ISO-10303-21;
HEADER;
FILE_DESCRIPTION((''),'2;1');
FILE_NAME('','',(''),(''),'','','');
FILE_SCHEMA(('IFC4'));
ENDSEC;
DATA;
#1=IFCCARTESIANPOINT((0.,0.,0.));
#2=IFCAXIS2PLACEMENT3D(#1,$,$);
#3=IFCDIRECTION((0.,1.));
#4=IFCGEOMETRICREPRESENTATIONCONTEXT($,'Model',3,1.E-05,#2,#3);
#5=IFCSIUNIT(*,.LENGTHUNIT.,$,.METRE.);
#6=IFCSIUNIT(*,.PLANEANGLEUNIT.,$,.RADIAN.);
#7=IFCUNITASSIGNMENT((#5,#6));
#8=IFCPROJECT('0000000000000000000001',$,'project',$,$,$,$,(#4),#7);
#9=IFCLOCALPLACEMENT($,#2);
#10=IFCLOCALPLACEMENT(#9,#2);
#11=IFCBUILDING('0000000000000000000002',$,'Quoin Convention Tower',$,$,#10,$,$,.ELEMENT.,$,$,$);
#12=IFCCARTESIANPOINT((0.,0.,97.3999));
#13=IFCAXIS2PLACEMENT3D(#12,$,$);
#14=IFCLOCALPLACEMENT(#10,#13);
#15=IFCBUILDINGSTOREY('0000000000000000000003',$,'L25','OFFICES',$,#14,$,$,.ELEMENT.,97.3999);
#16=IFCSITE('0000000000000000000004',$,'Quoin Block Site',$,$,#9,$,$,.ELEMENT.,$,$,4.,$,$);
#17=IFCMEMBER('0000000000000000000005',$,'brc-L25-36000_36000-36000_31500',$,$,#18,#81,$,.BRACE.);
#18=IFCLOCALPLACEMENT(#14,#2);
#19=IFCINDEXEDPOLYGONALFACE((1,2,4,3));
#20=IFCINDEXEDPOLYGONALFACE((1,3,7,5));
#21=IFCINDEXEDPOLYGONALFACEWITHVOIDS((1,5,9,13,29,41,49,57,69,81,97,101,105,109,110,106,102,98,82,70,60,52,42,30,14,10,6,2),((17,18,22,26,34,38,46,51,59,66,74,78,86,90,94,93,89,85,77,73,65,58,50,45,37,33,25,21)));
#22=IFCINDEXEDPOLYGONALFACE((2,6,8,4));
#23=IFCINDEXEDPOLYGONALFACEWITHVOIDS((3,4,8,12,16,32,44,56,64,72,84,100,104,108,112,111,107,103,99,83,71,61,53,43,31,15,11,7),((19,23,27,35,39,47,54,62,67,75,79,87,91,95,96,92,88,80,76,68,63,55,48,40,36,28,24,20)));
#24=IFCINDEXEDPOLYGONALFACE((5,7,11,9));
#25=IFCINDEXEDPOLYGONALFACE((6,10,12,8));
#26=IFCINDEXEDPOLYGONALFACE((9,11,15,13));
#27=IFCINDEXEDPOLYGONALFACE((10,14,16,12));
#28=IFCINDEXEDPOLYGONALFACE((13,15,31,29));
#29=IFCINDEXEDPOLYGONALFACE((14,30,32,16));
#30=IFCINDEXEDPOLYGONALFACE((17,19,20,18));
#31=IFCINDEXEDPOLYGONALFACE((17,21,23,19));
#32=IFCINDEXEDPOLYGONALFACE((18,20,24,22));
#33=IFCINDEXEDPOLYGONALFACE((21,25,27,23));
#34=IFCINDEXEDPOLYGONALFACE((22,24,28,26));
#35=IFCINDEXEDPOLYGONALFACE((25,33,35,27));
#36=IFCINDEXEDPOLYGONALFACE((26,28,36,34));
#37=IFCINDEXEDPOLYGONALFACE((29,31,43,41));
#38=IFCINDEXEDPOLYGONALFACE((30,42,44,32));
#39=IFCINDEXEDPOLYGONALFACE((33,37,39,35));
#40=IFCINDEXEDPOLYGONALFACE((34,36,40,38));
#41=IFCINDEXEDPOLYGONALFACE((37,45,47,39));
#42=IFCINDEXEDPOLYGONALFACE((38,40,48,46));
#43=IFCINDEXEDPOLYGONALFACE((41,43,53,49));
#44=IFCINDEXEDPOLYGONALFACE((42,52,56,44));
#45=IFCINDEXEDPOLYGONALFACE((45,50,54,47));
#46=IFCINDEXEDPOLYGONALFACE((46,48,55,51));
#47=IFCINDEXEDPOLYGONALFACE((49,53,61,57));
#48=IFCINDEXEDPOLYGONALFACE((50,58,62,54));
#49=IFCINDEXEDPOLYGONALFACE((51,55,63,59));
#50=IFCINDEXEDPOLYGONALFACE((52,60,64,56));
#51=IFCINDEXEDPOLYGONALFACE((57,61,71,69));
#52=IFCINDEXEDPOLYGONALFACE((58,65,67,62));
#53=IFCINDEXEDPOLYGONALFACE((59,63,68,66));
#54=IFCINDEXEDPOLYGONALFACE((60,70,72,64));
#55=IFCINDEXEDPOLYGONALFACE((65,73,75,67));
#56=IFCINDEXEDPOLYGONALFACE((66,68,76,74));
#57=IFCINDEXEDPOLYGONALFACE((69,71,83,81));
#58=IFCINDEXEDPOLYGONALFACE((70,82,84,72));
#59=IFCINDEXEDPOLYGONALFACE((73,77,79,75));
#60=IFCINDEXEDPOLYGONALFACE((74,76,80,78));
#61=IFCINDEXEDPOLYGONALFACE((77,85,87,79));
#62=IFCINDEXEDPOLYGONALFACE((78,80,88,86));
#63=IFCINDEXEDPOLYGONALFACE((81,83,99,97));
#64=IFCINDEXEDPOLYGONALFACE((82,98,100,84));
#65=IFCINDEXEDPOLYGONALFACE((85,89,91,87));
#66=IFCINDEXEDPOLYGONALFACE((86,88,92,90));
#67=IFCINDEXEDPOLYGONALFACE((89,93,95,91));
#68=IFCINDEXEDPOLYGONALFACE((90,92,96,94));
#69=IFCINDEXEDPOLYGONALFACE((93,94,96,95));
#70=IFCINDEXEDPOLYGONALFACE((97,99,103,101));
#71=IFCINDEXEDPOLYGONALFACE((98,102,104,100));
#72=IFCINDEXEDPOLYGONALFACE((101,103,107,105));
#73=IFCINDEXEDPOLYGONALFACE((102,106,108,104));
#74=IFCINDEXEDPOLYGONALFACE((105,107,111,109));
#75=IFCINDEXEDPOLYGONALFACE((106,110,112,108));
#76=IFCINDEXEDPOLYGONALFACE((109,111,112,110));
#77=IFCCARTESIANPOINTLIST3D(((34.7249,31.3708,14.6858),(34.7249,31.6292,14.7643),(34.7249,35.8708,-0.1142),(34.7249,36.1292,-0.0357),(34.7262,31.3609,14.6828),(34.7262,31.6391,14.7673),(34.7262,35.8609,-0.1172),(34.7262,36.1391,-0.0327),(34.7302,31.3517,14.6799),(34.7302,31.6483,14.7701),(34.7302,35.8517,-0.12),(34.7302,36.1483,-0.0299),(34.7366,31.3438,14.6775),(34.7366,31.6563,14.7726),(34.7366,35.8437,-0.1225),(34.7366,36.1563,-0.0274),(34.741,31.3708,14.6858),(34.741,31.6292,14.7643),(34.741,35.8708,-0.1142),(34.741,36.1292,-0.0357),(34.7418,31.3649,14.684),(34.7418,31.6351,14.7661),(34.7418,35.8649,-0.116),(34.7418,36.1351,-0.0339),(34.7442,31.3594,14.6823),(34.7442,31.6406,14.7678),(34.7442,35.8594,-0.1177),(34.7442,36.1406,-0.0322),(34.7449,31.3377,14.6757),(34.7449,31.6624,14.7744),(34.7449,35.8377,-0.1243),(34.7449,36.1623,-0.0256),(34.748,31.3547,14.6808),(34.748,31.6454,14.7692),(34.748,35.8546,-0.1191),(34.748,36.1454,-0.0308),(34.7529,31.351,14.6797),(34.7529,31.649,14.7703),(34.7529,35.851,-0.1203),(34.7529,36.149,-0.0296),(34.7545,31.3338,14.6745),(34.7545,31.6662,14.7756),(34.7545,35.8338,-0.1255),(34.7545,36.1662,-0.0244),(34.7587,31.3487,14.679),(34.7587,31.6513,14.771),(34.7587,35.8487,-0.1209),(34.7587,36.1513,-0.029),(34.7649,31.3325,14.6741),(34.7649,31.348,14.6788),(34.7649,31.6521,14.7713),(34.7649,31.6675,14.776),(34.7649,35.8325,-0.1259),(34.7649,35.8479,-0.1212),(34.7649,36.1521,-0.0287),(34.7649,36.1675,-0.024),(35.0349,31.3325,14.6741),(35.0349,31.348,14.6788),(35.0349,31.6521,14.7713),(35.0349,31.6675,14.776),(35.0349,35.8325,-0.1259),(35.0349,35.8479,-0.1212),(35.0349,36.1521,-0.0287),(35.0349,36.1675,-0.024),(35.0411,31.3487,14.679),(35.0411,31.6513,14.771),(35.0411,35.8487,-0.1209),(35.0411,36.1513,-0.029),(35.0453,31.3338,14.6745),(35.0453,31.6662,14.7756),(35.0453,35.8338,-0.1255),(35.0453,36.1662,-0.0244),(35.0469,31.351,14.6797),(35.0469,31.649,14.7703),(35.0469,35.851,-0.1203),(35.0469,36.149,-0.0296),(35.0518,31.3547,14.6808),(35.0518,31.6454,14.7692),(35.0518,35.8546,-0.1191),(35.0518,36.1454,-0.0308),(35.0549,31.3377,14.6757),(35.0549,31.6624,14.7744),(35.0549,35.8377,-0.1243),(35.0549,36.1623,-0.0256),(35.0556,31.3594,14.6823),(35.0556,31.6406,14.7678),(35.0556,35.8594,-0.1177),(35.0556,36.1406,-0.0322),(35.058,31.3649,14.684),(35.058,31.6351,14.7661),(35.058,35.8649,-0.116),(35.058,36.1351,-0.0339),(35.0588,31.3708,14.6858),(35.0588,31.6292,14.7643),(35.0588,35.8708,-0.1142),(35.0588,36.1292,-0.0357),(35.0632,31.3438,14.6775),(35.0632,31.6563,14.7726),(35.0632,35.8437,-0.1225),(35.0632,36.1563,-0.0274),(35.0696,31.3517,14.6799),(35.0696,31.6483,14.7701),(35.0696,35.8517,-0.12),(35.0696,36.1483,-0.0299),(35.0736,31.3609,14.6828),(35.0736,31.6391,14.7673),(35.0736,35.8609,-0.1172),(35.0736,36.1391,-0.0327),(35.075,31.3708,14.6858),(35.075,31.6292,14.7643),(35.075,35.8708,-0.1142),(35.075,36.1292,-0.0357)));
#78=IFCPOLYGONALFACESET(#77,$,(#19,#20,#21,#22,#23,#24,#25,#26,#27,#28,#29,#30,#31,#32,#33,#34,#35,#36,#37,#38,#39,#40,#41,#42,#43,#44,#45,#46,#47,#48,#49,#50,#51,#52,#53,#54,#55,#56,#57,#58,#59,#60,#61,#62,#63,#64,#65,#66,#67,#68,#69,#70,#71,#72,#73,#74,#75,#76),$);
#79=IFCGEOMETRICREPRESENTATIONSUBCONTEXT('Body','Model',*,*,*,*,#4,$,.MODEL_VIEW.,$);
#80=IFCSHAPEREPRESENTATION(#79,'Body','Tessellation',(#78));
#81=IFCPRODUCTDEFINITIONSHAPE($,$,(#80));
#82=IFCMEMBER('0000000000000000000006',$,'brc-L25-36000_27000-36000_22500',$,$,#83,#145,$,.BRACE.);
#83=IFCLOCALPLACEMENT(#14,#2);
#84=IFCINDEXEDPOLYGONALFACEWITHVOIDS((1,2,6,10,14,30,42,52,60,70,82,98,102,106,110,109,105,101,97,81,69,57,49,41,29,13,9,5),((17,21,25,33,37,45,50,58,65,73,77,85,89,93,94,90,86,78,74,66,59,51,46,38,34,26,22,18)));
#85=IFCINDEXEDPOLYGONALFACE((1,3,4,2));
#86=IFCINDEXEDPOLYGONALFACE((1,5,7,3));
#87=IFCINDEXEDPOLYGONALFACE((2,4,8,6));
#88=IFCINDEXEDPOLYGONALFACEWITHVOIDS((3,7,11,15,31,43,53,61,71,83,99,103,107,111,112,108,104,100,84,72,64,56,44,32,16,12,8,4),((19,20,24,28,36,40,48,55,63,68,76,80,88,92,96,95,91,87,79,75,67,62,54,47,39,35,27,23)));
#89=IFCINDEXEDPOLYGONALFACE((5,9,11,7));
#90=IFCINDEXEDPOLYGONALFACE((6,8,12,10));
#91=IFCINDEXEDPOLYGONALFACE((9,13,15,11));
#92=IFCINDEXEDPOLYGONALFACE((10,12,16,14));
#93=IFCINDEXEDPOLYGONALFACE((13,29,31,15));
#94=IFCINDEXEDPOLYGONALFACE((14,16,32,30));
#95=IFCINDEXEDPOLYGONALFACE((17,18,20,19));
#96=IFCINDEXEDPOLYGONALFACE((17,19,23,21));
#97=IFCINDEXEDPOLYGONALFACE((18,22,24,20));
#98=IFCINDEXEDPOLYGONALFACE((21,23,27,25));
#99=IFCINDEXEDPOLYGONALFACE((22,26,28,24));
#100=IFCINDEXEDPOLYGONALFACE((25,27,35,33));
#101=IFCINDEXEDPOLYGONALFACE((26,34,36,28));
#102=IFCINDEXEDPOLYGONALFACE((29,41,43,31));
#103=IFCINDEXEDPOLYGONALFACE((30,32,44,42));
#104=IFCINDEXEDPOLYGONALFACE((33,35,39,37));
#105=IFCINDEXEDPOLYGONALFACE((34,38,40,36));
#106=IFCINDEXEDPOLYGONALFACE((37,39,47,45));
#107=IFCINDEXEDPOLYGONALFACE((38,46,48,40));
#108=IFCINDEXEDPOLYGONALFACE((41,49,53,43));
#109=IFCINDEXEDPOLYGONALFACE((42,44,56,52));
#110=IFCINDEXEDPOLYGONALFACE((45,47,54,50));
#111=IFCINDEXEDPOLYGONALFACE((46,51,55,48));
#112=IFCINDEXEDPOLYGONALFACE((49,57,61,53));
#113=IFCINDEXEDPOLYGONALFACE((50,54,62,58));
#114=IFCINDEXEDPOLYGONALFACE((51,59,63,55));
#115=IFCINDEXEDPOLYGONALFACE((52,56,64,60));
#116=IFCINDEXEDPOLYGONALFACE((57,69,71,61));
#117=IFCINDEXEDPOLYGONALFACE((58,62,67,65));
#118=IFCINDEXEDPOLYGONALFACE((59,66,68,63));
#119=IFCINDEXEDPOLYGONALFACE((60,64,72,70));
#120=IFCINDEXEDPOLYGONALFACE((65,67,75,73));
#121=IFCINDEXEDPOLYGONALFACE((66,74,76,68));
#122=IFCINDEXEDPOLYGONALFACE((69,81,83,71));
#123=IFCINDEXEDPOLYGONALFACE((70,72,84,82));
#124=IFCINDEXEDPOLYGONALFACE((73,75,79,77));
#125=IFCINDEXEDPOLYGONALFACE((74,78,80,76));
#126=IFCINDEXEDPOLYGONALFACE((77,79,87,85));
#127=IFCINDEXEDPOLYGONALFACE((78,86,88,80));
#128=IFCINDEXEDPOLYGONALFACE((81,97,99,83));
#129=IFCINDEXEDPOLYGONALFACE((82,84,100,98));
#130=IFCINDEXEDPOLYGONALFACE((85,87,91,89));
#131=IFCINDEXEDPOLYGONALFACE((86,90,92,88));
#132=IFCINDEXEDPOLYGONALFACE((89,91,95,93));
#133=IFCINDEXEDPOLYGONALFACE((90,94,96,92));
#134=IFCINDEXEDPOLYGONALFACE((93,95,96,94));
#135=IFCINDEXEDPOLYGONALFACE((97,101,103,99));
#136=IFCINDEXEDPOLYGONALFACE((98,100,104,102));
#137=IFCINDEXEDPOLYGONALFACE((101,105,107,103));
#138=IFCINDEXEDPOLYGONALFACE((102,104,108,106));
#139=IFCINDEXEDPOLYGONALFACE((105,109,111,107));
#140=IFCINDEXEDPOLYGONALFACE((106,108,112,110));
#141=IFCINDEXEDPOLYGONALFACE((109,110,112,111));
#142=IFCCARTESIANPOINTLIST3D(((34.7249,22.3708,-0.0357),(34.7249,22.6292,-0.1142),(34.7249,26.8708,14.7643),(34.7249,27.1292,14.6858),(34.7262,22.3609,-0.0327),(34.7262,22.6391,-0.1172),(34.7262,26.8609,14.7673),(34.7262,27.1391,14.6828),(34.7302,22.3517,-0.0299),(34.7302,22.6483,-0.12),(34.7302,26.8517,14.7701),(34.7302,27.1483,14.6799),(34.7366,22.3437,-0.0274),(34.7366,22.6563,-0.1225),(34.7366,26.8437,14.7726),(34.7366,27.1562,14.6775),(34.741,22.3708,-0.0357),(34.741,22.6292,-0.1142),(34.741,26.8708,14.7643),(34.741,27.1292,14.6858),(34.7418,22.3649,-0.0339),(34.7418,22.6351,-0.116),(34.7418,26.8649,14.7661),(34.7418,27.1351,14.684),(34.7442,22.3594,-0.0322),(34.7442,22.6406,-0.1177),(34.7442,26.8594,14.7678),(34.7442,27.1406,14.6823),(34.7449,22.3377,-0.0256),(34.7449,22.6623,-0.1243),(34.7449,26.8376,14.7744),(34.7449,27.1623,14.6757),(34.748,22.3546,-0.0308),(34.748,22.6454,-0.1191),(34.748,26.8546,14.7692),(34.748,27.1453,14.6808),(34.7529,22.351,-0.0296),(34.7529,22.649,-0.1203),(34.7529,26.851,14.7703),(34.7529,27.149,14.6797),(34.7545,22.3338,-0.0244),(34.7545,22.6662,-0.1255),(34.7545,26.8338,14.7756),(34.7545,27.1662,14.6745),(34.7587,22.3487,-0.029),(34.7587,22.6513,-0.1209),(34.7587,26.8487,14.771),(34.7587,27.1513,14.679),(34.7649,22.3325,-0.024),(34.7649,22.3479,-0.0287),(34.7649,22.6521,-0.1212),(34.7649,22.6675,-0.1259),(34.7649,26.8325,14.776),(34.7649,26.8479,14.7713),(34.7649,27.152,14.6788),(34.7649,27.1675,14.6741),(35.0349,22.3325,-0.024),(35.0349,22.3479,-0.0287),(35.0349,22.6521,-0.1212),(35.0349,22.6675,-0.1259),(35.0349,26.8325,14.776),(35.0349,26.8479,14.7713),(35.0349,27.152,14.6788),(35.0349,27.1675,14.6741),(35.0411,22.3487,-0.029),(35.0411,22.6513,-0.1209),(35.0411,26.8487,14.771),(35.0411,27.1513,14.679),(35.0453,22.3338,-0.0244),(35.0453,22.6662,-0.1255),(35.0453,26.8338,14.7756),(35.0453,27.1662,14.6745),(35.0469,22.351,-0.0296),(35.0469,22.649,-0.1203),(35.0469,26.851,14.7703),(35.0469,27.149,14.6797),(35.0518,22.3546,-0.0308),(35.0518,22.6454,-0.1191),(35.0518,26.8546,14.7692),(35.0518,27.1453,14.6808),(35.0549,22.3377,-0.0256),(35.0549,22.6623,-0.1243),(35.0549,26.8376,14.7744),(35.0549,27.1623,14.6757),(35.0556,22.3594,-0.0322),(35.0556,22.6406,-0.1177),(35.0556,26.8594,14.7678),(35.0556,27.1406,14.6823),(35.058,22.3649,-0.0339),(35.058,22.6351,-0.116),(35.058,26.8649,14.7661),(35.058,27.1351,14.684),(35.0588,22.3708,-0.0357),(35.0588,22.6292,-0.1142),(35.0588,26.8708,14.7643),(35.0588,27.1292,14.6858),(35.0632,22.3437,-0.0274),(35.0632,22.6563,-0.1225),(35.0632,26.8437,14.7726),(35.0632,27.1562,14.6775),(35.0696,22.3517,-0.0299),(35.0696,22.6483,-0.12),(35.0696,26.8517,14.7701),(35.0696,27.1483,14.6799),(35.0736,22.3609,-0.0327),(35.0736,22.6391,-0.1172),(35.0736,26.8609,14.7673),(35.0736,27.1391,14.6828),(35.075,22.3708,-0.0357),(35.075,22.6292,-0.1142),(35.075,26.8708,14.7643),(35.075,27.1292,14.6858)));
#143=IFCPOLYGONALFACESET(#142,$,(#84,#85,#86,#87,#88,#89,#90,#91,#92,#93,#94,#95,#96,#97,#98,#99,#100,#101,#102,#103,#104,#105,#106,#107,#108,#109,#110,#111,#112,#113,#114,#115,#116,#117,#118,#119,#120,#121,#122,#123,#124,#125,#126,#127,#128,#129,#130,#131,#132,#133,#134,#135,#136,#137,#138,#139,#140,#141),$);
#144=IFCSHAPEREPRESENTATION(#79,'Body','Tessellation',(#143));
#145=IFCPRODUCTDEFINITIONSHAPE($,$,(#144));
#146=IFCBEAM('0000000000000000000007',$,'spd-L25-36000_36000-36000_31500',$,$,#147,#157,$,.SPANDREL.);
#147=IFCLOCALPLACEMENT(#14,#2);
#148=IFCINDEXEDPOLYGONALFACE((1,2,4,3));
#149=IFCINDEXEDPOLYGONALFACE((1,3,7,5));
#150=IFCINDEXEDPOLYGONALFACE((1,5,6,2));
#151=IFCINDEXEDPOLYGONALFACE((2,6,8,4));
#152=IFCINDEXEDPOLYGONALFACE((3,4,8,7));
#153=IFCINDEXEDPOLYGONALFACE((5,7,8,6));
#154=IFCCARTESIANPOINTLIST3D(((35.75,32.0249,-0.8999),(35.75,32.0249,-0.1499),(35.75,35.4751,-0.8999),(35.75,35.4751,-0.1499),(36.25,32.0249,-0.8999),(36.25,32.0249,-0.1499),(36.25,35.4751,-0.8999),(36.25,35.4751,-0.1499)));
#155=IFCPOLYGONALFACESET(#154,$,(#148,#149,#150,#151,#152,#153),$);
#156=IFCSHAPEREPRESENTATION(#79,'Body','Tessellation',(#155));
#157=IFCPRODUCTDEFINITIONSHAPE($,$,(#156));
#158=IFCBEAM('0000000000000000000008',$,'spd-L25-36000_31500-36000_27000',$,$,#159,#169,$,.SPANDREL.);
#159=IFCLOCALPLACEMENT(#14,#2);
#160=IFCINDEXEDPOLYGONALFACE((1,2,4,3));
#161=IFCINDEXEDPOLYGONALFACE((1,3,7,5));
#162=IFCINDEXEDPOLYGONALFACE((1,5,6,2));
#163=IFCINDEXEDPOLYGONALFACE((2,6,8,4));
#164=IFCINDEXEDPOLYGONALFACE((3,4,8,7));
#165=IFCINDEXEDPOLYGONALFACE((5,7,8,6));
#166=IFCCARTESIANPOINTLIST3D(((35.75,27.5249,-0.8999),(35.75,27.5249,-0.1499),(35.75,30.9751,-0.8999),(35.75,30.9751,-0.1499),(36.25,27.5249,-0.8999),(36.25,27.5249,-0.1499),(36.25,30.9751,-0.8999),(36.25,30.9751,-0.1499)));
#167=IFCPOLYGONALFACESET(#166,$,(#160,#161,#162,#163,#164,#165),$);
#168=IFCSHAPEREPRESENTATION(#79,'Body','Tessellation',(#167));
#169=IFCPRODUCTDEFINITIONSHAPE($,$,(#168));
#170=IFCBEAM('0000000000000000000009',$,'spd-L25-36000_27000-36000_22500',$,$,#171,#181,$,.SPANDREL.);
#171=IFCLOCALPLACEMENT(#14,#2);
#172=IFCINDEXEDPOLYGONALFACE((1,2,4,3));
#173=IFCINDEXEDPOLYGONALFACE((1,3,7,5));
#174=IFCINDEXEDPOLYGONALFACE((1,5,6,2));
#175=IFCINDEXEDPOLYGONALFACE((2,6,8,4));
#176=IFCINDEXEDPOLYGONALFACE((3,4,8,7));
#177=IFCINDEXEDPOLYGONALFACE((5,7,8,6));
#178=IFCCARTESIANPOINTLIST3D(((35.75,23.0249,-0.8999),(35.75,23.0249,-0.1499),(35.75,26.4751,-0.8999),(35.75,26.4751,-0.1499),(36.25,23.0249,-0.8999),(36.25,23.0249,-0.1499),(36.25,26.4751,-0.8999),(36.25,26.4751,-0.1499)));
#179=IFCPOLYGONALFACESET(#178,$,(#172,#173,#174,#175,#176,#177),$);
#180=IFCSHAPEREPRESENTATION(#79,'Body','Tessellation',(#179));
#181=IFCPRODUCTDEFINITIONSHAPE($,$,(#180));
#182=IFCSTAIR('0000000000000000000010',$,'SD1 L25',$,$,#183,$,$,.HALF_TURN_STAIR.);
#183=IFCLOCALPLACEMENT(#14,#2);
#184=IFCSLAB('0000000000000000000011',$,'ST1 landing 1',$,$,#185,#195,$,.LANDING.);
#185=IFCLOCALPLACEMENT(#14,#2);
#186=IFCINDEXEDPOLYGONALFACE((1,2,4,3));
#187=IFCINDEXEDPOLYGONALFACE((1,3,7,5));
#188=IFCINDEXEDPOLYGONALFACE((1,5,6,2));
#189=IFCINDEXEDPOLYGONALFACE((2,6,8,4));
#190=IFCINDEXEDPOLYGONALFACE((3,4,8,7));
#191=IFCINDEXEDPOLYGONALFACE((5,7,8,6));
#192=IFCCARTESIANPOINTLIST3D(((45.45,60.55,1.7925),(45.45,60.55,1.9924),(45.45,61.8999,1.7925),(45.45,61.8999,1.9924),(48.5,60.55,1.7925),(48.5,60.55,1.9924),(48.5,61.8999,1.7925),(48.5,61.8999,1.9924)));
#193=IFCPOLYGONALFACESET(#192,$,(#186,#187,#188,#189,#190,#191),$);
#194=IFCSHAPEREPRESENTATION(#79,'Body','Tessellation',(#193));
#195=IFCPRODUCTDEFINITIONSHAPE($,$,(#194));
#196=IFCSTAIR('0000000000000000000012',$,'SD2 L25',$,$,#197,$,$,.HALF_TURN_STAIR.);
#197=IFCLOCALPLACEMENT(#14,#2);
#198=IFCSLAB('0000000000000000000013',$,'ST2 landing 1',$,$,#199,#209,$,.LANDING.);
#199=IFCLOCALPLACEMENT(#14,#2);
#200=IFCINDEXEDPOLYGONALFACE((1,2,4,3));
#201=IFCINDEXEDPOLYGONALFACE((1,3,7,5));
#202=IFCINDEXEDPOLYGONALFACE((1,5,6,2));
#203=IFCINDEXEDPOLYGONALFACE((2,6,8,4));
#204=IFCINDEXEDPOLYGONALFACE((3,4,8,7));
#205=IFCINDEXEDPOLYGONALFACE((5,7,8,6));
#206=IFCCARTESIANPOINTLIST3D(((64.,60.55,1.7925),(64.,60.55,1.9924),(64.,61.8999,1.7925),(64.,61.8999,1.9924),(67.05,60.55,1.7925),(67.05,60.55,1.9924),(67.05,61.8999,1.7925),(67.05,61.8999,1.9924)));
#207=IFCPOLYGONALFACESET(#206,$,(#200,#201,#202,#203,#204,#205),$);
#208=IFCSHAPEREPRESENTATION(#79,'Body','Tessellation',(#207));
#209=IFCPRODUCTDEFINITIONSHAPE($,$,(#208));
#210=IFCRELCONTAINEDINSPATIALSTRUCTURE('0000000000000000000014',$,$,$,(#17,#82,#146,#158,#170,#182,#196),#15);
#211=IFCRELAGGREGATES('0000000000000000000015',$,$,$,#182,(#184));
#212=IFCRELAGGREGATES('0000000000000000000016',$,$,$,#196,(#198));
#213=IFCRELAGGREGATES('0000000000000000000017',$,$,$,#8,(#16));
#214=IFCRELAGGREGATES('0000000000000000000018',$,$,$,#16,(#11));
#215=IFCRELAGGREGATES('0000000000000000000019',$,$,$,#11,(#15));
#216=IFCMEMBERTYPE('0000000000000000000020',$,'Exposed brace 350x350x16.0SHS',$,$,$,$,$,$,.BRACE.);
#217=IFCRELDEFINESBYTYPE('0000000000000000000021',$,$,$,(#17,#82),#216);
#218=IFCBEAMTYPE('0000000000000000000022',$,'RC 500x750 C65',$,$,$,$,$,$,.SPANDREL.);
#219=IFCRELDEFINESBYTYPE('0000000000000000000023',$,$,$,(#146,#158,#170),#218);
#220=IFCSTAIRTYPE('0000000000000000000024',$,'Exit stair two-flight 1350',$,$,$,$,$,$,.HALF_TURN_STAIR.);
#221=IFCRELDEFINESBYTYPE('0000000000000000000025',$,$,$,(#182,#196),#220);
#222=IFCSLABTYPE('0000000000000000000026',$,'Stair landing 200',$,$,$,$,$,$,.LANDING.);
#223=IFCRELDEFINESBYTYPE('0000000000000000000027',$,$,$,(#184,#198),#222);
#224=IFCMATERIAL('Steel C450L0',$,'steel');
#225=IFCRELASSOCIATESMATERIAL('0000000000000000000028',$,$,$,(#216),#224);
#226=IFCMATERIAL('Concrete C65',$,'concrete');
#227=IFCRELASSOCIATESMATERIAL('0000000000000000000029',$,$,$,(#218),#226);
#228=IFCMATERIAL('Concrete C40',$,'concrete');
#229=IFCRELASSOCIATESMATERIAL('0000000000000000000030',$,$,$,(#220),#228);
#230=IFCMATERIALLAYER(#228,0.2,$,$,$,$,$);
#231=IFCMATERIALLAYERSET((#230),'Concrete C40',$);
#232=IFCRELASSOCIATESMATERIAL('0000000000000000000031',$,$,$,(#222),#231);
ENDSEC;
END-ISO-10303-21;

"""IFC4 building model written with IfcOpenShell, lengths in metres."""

from ifc_helpers import new_model, si_unit, direction, frame, origin, origin_2d, place, context, subcontext, project, spatial, polyline, rectangle, hollow_rectangle, outline, extrude, material, layer, layer_set, material_profile, profile_set, type_object, element, aggregate, save


model = new_model("IFC4")

# Units and contexts
model_context = context("Model", 3, precision=1e-05, world=origin(), true_north=direction((0.0, 1.0)))
body_context = subcontext(model_context, "Body", "Model", "MODEL_VIEW")
ifc_project = project(units=[si_unit("LENGTHUNIT", "METRE"), si_unit("PLANEANGLEUNIT", "RADIAN")], contexts=[model_context])

# Site, building, storey
site_placement = place(None, origin())
site = spatial("IfcSite", under=ifc_project, at=site_placement, Name="Quoin Block Site", CompositionType="ELEMENT", RefElevation=4.0)
building_placement = place(site_placement, origin())
building = spatial("IfcBuilding", under=site, at=building_placement, Name="Quoin Convention Tower", CompositionType="ELEMENT")
storey_placement = place(building_placement, frame((0.0, 0.0, 97.3999)))
storey = spatial("IfcBuildingStorey", under=building, at=storey_placement, Name="L25", Description="OFFICES", CompositionType="ELEMENT", Elevation=97.3999)

# Shared definitions
ifc_material_1 = material(Name="Concrete C65", Category="concrete")

# Members
ifc_material_2 = material(Name="Steel C450L0", Category="steel")
ifc_material_profile_1 = material_profile(ifc_material_2, hollow_rectangle(XDim=0.3501, YDim=0.3501, WallThickness=0.0161, InnerFilletRadius=0.0239, OuterFilletRadius=0.04, at=origin_2d()), Name="350x350x16.0SHS")
ifc_profile_set_1 = profile_set([ifc_material_profile_1], Name="Steel C450L0")
member_type = type_object("IfcMemberType", Name="Exposed brace 350x350x16.0SHS", PredefinedType="BRACE", material=ifc_profile_set_1)
for number, where, z_axis, x_axis, name in (
    (1, (34.8999, 36.0, -0.075), (0.0, -0.290903, 0.956752), (1.0, 0.0, 0.0), "brc-L25-36000_36000-36000_31500"),
    (2, (34.8999, 22.5, -0.075), (0.0, 0.290903, 0.956752), (-1.0, 0.0, 0.0), "brc-L25-36000_27000-36000_22500"),
):
    element("IfcMember", number, at=place(storey_placement, frame(where, z_axis=z_axis, x_axis=x_axis)), inside=storey, type_object=member_type, Name=name, PredefinedType="BRACE", context=body_context, shape_type="SweptSolid", body=[
        extrude(hollow_rectangle(XDim=0.3501, YDim=0.3501, WallThickness=0.0161, InnerFilletRadius=0.0239, OuterFilletRadius=0.04, at=origin_2d()), origin(), (0.0, 0.0, 1.0), 15.469),
    ])

# Beams
ifc_material_profile_2 = material_profile(ifc_material_1, rectangle(XDim=0.5, YDim=0.75, at=origin_2d()), Name="RC 500x750")
ifc_profile_set_2 = profile_set([ifc_material_profile_2], Name="Concrete C65")
beam_type = type_object("IfcBeamType", Name="RC 500x750 C65", PredefinedType="SPANDREL", material=ifc_profile_set_2)
for number, where, z_axis, x_axis, name in (
    (3, (36.0, 35.4751, -0.5249), (0.0, -1.0, 0.0), (1.0, 0.0, 0.0), "spd-L25-36000_36000-36000_31500"),
    (4, (36.0, 30.9751, -0.5249), (0.0, -1.0, 0.0), (1.0, 0.0, 0.0), "spd-L25-36000_31500-36000_27000"),
    (5, (36.0, 26.4751, -0.5249), (0.0, -1.0, 0.0), (1.0, 0.0, 0.0), "spd-L25-36000_27000-36000_22500"),
):
    element("IfcBeam", number, at=place(storey_placement, frame(where, z_axis=z_axis, x_axis=x_axis)), inside=storey, type_object=beam_type, Name=name, PredefinedType="SPANDREL", context=body_context, shape_type="SweptSolid", body=[
        extrude(rectangle(XDim=0.5, YDim=0.75, at=origin_2d()), origin(), (0.0, 0.0, 1.0), 3.4502),
    ])

# Shared definitions
ifc_material_3 = material(Name="Concrete C40", Category="concrete")

# Stairs, slabs
stair_type_1 = type_object("IfcStairType", Name="Exit stair two-flight 1350", PredefinedType="HALF_TURN_STAIR", material=ifc_material_3)
stair_1_placement = place(storey_placement, origin())
stair_1 = element("IfcStair", 6, at=stair_1_placement, inside=storey, type_object=stair_type_1, Name="SD1 L25", PredefinedType="HALF_TURN_STAIR")
ifc_layer_1 = layer(ifc_material_3, 0.2)
ifc_layer_set_1 = layer_set([ifc_layer_1], Name="Concrete C40")
slab_type_1 = type_object("IfcSlabType", Name="Stair landing 200", PredefinedType="LANDING", material=ifc_layer_set_1)
slab_1_placement = place(storey_placement, frame((0.0, 0.0, 1.7925)))
slab_1 = element("IfcSlab", 7, at=slab_1_placement, type_object=slab_type_1, Name="ST1 landing 1", PredefinedType="LANDING", context=body_context, shape_type="SweptSolid", body=[
    extrude(outline(polyline([(45.45, 60.55), (48.5, 60.55), (48.5, 61.8999), (45.45, 61.8999), (45.45, 60.55)])), origin(), (0.0, 0.0, 1.0), 0.2),
])
aggregate(stair_1, [slab_1])
stair_2_placement = place(storey_placement, origin())
stair_2 = element("IfcStair", 8, at=stair_2_placement, inside=storey, type_object=stair_type_1, Name="SD2 L25", PredefinedType="HALF_TURN_STAIR")
slab_2_placement = place(storey_placement, frame((0.0, 0.0, 1.7925)))
slab_2 = element("IfcSlab", 9, at=slab_2_placement, type_object=slab_type_1, Name="ST2 landing 1", PredefinedType="LANDING", context=body_context, shape_type="SweptSolid", body=[
    extrude(outline(polyline([(64.0, 60.55), (67.05, 60.55), (67.05, 61.8999), (64.0, 61.8999), (64.0, 60.55)])), origin(), (0.0, 0.0, 1.0), 0.2),
])
aggregate(stair_2, [slab_2])

save(model, "model.ifc")
